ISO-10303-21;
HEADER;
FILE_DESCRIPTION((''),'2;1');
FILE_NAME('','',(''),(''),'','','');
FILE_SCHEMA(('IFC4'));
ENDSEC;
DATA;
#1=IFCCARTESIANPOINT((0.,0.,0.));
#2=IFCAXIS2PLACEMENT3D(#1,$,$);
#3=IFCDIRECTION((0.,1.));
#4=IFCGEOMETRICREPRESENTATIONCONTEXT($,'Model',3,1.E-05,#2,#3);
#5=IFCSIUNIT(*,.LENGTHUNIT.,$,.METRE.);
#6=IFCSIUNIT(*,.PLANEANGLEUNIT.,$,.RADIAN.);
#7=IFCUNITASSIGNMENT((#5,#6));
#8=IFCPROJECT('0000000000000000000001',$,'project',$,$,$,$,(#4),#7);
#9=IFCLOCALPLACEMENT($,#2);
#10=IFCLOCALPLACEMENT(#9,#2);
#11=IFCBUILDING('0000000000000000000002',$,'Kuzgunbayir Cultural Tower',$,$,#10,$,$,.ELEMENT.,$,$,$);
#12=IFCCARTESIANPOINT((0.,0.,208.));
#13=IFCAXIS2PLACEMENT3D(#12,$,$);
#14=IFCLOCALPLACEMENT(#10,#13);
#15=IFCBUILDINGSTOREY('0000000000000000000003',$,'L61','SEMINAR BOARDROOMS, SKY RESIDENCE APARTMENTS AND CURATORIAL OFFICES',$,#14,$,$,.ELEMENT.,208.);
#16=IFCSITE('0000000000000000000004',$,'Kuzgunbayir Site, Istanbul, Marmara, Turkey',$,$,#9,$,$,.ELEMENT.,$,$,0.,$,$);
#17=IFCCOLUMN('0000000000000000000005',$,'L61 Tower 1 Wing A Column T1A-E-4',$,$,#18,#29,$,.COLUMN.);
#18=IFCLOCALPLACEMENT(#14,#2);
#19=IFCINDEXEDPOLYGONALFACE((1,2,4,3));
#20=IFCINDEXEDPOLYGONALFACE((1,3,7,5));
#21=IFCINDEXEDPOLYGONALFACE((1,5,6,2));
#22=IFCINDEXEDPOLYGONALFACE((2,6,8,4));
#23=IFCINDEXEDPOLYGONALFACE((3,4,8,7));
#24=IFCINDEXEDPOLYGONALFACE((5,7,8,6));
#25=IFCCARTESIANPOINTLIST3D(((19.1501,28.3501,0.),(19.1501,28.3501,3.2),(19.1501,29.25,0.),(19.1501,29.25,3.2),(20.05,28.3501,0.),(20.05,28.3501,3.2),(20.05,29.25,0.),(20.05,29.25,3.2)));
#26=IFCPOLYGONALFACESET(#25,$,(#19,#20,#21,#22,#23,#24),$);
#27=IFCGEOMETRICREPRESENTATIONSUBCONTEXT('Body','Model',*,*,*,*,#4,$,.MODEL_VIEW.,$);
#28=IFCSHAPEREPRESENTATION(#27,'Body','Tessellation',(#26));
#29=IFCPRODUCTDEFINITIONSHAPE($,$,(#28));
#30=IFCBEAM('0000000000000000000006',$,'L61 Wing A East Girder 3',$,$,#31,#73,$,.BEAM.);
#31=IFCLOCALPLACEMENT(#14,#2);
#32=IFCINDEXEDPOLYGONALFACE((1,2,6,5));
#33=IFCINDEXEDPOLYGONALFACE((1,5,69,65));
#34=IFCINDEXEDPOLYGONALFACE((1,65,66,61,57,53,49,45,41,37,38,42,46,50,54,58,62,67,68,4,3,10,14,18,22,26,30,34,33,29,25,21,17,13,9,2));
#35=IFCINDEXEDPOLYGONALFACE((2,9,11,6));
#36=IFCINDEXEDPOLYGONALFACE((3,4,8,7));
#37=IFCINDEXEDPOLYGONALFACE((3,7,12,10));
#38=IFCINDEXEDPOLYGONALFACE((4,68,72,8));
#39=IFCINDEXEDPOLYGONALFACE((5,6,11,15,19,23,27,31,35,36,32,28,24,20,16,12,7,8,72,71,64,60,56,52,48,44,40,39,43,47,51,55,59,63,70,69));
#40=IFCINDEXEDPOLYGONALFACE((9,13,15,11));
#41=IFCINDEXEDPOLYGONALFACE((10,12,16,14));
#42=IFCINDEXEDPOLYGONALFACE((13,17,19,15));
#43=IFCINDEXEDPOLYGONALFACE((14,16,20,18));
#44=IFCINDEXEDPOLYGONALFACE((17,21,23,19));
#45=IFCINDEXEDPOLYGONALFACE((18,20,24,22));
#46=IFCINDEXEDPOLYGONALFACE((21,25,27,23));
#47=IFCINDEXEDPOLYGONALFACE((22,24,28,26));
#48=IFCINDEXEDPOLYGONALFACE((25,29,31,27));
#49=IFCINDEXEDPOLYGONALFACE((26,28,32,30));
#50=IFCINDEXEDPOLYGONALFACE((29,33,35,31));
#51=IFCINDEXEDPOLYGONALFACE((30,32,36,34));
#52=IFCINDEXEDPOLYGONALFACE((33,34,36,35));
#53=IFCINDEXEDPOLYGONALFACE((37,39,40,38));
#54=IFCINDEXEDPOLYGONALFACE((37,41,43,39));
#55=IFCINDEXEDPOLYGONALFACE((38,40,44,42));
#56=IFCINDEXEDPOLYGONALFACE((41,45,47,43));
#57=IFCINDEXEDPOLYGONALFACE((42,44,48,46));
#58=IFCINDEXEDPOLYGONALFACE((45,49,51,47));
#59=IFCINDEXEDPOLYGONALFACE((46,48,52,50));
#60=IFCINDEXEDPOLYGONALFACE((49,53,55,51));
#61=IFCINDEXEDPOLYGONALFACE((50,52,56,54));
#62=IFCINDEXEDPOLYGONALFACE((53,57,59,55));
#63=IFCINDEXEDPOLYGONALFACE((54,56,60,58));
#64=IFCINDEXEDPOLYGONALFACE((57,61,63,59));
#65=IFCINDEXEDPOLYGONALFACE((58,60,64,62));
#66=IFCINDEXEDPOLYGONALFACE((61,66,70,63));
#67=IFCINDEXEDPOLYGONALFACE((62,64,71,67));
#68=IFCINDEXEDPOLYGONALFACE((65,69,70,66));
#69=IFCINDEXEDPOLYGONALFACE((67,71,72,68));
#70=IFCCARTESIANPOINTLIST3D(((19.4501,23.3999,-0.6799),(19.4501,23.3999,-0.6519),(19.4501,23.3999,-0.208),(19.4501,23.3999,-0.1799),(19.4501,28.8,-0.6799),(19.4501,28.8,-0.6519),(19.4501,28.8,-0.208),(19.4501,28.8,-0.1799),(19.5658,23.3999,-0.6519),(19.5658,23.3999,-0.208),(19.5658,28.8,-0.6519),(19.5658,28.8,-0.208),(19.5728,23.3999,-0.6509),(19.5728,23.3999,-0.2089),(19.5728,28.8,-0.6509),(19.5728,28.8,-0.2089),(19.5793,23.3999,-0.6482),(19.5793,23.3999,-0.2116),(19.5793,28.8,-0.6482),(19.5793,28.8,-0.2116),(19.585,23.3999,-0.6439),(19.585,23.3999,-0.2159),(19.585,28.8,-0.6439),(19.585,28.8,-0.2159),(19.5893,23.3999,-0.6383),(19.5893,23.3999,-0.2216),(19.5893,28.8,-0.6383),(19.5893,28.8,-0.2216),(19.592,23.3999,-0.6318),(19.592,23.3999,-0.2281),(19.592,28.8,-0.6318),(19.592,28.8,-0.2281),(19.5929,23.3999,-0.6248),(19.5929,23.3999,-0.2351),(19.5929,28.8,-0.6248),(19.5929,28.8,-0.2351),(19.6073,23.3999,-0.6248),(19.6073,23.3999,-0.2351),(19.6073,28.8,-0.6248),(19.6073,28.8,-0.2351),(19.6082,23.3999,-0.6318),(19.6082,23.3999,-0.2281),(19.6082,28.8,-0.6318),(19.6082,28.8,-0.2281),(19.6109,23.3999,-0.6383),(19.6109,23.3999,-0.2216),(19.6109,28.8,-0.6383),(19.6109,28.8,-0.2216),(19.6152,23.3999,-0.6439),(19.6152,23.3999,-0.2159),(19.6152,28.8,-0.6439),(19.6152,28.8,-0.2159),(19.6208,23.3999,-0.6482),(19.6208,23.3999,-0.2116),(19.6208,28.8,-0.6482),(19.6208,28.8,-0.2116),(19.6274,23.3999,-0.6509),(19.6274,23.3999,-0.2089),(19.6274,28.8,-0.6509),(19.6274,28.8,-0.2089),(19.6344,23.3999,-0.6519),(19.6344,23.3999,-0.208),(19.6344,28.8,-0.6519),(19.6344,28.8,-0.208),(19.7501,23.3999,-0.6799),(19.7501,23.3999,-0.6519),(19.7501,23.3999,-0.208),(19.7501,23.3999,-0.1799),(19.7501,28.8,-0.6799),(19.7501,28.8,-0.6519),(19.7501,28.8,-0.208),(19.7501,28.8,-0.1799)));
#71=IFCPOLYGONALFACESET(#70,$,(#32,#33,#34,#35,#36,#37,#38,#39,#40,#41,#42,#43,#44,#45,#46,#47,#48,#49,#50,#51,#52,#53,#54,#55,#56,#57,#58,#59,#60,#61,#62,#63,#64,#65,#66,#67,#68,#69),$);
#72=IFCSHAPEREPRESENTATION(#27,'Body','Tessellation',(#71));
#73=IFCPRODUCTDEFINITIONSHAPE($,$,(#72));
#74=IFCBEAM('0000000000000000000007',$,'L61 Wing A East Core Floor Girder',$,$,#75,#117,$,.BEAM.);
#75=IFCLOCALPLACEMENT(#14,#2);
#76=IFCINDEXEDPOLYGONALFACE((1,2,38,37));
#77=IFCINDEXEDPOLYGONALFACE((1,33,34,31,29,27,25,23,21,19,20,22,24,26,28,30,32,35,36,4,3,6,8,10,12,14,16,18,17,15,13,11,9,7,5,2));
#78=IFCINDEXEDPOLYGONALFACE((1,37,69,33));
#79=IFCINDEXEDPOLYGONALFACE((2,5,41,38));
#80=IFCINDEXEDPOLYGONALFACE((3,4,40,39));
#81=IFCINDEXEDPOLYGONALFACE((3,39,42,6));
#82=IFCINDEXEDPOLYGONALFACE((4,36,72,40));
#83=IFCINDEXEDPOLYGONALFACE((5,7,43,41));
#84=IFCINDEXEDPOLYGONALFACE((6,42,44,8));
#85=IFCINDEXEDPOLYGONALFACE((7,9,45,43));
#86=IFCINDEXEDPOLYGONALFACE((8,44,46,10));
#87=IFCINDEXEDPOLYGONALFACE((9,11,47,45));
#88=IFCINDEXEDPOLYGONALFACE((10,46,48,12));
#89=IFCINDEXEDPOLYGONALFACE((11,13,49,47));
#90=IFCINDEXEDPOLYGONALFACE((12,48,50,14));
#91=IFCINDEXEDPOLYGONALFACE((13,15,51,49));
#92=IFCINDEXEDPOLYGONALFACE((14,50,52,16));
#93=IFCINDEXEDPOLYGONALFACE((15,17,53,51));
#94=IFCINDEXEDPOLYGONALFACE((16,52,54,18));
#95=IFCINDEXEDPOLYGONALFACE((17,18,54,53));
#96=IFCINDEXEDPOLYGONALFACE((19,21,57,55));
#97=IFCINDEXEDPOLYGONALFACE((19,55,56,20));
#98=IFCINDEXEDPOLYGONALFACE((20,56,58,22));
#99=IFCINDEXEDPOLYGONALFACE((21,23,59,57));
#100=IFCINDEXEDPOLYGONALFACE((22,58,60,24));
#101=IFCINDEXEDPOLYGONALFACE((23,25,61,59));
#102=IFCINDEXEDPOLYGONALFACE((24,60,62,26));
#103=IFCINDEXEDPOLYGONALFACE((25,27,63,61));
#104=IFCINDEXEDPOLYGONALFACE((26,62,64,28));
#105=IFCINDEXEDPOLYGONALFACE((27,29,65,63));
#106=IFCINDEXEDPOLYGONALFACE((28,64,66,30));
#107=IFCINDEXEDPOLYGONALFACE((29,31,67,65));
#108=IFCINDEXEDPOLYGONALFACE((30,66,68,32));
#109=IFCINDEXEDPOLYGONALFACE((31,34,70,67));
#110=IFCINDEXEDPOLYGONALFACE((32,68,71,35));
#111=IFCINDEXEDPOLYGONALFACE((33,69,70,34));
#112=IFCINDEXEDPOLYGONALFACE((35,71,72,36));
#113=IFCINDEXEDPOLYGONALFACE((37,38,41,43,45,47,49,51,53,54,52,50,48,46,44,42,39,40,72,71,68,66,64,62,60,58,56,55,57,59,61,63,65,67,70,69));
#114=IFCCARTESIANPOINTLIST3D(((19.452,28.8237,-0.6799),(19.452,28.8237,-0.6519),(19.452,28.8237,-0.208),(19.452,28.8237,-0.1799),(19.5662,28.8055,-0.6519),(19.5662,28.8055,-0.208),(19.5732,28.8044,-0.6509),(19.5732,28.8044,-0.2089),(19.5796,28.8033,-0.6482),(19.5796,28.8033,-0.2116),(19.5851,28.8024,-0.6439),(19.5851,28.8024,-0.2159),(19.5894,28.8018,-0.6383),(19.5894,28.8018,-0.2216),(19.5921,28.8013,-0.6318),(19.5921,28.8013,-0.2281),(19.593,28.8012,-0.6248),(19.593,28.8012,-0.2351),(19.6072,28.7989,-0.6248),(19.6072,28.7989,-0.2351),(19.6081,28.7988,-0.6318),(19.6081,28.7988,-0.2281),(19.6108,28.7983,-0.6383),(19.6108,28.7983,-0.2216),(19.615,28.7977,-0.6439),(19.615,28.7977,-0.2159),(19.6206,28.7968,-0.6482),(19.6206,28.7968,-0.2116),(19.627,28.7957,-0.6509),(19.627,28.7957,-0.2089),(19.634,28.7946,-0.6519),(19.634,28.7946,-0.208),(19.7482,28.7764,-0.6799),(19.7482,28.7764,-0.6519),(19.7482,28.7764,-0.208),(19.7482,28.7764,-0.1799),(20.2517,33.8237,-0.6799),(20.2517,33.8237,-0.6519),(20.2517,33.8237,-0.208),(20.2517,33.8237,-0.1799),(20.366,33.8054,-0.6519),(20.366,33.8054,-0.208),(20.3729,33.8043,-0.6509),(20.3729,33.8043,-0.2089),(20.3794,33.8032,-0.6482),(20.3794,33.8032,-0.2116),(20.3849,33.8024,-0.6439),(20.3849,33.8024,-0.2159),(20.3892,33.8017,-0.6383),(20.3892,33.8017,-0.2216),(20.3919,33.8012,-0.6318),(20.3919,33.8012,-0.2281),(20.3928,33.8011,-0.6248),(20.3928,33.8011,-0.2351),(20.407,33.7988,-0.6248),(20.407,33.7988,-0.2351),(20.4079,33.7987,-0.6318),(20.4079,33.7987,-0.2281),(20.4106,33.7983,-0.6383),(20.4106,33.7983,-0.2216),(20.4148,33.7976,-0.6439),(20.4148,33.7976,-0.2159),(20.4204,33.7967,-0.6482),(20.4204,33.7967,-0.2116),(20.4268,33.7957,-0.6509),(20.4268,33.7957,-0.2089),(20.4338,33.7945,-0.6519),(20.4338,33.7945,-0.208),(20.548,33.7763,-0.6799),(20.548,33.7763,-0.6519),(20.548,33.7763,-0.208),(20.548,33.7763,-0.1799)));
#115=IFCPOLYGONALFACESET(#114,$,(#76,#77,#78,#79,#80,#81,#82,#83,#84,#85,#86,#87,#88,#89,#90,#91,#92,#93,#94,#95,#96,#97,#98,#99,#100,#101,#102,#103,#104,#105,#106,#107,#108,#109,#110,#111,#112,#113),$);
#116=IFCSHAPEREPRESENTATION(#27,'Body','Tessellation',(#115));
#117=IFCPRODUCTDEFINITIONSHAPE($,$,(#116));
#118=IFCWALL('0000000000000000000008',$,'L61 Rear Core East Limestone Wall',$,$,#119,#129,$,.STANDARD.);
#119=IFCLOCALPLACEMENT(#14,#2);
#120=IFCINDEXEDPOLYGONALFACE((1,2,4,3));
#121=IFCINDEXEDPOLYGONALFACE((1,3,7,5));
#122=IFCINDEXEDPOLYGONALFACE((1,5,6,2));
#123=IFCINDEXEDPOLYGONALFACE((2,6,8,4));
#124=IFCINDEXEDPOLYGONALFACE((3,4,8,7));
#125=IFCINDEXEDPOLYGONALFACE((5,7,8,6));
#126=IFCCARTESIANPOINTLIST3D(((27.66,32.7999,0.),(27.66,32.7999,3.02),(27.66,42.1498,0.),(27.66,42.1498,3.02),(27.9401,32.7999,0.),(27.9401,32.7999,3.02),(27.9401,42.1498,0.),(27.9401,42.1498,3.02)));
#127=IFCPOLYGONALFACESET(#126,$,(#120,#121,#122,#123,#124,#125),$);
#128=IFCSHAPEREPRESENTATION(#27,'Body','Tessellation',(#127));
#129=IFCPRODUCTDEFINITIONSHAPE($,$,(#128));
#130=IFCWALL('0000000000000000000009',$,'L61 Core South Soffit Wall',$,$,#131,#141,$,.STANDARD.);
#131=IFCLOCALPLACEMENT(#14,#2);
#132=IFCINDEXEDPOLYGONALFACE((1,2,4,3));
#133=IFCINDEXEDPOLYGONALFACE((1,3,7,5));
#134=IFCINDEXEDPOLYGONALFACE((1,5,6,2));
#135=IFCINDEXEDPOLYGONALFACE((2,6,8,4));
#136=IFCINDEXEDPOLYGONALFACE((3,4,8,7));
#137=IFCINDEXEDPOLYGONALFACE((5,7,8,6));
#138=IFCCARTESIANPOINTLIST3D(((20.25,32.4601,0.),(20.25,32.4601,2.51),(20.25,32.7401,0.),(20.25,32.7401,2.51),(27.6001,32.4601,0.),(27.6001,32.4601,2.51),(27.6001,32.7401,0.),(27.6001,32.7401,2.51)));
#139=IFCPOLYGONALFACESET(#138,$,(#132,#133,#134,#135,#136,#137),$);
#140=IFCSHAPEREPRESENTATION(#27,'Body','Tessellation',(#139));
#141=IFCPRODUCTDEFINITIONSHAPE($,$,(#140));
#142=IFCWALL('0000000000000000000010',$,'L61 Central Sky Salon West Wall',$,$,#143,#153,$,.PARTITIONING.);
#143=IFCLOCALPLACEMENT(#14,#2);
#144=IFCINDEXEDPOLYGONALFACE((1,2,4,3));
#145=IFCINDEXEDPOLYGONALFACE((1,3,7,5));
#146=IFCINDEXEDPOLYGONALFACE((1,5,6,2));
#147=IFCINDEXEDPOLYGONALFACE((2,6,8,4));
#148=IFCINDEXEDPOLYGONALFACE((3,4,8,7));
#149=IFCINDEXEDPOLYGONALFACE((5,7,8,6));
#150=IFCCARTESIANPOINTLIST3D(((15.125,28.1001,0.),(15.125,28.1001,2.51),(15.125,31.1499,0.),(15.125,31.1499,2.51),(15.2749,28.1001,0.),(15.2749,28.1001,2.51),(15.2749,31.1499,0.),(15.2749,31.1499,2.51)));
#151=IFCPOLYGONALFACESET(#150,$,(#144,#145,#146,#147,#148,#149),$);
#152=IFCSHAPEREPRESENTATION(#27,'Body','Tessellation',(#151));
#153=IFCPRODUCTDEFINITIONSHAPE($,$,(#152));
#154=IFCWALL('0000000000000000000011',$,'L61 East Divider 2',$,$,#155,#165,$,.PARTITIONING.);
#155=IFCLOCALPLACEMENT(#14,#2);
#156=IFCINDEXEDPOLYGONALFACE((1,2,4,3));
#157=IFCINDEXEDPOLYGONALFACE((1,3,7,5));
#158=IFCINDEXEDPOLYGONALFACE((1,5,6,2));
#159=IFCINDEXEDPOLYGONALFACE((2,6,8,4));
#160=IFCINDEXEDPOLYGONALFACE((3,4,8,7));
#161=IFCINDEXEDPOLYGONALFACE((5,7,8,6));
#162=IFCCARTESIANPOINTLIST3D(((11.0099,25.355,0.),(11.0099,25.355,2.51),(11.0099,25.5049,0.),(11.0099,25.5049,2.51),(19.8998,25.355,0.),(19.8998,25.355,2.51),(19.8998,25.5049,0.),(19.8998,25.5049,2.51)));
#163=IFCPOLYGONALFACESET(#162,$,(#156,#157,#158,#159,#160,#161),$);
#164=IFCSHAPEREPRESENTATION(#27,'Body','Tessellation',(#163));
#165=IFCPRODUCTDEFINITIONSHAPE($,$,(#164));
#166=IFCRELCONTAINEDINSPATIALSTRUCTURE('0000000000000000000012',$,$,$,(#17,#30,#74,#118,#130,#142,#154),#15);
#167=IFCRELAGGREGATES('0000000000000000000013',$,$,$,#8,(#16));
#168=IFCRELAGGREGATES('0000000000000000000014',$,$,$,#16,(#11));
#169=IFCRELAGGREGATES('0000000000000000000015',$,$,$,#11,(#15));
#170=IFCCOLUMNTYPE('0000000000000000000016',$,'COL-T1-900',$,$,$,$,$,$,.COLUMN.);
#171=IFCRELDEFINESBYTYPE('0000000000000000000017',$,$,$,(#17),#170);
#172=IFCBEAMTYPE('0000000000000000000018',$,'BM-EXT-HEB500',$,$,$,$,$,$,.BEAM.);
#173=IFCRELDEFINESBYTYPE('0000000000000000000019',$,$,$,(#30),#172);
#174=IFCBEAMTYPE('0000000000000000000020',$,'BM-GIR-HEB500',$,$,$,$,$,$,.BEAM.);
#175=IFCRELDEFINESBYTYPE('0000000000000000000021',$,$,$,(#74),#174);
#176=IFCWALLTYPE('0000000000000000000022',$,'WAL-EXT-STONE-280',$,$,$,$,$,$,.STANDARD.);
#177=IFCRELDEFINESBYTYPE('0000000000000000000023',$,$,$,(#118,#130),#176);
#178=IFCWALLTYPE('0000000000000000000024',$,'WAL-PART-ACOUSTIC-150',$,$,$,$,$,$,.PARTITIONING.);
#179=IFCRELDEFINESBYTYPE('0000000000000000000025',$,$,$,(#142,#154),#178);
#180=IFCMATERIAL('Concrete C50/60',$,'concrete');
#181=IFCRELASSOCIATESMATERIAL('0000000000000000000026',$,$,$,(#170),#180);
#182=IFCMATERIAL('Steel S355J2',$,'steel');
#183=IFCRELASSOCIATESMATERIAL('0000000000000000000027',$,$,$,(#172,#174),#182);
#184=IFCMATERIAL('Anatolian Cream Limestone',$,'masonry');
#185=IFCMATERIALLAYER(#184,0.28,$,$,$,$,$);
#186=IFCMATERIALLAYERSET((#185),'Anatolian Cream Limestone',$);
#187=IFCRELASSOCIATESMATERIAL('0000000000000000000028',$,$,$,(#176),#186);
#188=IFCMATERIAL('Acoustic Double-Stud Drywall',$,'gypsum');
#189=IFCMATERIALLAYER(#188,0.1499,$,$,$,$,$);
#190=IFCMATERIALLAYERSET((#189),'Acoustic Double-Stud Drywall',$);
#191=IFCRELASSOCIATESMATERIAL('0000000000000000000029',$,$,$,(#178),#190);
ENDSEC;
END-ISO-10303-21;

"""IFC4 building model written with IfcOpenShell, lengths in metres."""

from ifc_helpers import new_model, si_unit, direction, frame, frame_2d, origin, origin_2d, place, context, subcontext, project, spatial, rectangle, i_section, extrude, material, layer, layer_set, material_profile, profile_set, type_object, element, save


model = new_model("IFC4")

# Units and contexts
model_context = context("Model", 3, precision=1e-05, world=origin(), true_north=direction((0.0, 1.0)))
body_context = subcontext(model_context, "Body", "Model", "MODEL_VIEW")
ifc_project = project(units=[si_unit("LENGTHUNIT", "METRE"), si_unit("PLANEANGLEUNIT", "RADIAN")], contexts=[model_context])

# Site, building, storey
site_placement = place(None, origin())
site = spatial("IfcSite", under=ifc_project, at=site_placement, Name="Kuzgunbayir Site, Istanbul, Marmara, Turkey", CompositionType="ELEMENT", RefElevation=0.0)
building_placement = place(site_placement, origin())
building = spatial("IfcBuilding", under=site, at=building_placement, Name="Kuzgunbayir Cultural Tower", CompositionType="ELEMENT")
storey_placement = place(building_placement, frame((0.0, 0.0, 208.0)))
storey = spatial("IfcBuildingStorey", under=building, at=storey_placement, Name="L61", Description="SEMINAR BOARDROOMS, SKY RESIDENCE APARTMENTS AND CURATORIAL OFFICES", CompositionType="ELEMENT", Elevation=208.0)

# Column
ifc_material_1 = material(Name="Concrete C50/60", Category="concrete")
ifc_material_profile_1 = material_profile(ifc_material_1, rectangle(XDim=0.8999, YDim=0.8999, at=origin_2d()), Name="RC 900x900")
ifc_profile_set_1 = profile_set([ifc_material_profile_1], Name="Concrete C50/60")
column_type = type_object("IfcColumnType", Name="COL-T1-900", PredefinedType="COLUMN", material=ifc_profile_set_1)
column_placement = place(storey_placement, frame((19.6001, 28.8, 0.0), z_axis=(0.0, 0.0, 1.0), x_axis=(1.0, 0.0, 0.0)))
element("IfcColumn", 1, at=column_placement, inside=storey, type_object=column_type, Name="L61 Tower 1 Wing A Column T1A-E-4", PredefinedType="COLUMN", context=body_context, shape_type="SweptSolid", body=[
    extrude(rectangle(XDim=0.8999, YDim=0.8999, at=origin_2d()), origin(), (0.0, 0.0, 1.0), 3.2),
])

# Beams
ifc_material_2 = material(Name="Steel S355J2", Category="steel")
ifc_material_profile_2 = material_profile(ifc_material_2, i_section(OverallWidth=0.3, OverallDepth=0.5, WebThickness=0.0144, FlangeThickness=0.0281, FilletRadius=0.0271, at=origin_2d()), Name="HEB 500")
ifc_profile_set_2 = profile_set([ifc_material_profile_2], Name="Steel S355J2")
beam_type_1 = type_object("IfcBeamType", Name="BM-EXT-HEB500", PredefinedType="BEAM", material=ifc_profile_set_2)
beam_1_placement = place(storey_placement, frame((19.6001, 23.3999, -0.4299), z_axis=(0.0, 1.0, 0.0), x_axis=(-1.0, 0.0, 0.0)))
element("IfcBeam", 2, at=beam_1_placement, inside=storey, type_object=beam_type_1, Name="L61 Wing A East Girder 3", PredefinedType="BEAM", context=body_context, shape_type="SweptSolid", body=[
    extrude(i_section(OverallWidth=0.3, OverallDepth=0.5, WebThickness=0.0144, FlangeThickness=0.0281, FilletRadius=0.0271, at=origin_2d()), origin(), (0.0, 0.0, 1.0), 5.4001),
])
ifc_material_profile_3 = material_profile(ifc_material_2, i_section(OverallWidth=0.3, OverallDepth=0.5, WebThickness=0.0144, FlangeThickness=0.0281, FilletRadius=0.0271, at=origin_2d()), Name="HEB 500")
ifc_profile_set_3 = profile_set([ifc_material_profile_3], Name="Steel S355J2")
beam_type_2 = type_object("IfcBeamType", Name="BM-GIR-HEB500", PredefinedType="BEAM", material=ifc_profile_set_3)
beam_2_placement = place(storey_placement, frame((19.6001, 28.8, -0.4299), z_axis=(0.157953, 0.987447, 0.0), x_axis=(-0.987447, 0.157953, 0.0)))
element("IfcBeam", 3, at=beam_2_placement, inside=storey, type_object=beam_type_2, Name="L61 Wing A East Core Floor Girder", PredefinedType="BEAM", context=body_context, shape_type="SweptSolid", body=[
    extrude(i_section(OverallWidth=0.3, OverallDepth=0.5, WebThickness=0.0144, FlangeThickness=0.0281, FilletRadius=0.0271, at=origin_2d()), origin(), (0.0, 0.0, 1.0), 5.0635),
])

# Walls
ifc_material_3 = material(Name="Anatolian Cream Limestone", Category="masonry")
ifc_layer_1 = layer(ifc_material_3, 0.28)
ifc_layer_set_1 = layer_set([ifc_layer_1], Name="Anatolian Cream Limestone")
wall_type_1 = type_object("IfcWallType", Name="WAL-EXT-STONE-280", PredefinedType="STANDARD", material=ifc_layer_set_1)
wall_1_placement = place(storey_placement, frame((27.8, 32.8, 0.0), z_axis=(0.0, 0.0, 1.0), x_axis=(0.0, 1.0, 0.0)))
element("IfcWall", 4, at=wall_1_placement, inside=storey, type_object=wall_type_1, Name="L61 Rear Core East Limestone Wall", PredefinedType="STANDARD", context=body_context, shape_type="SweptSolid", body=[
    extrude(rectangle(XDim=9.3499, YDim=0.28, at=frame_2d((4.6748, 0.0))), origin(), (0.0, 0.0, 1.0), 3.02),
])
wall_2_placement = place(storey_placement, frame((20.25, 32.6001, 0.0), z_axis=(0.0, 0.0, 1.0), x_axis=(1.0, 0.0, 0.0)))
element("IfcWall", 5, at=wall_2_placement, inside=storey, type_object=wall_type_1, Name="L61 Core South Soffit Wall", PredefinedType="STANDARD", context=body_context, shape_type="SweptSolid", body=[
    extrude(rectangle(XDim=7.3501, YDim=0.28, at=frame_2d((3.675, 0.0))), origin(), (0.0, 0.0, 1.0), 2.51),
])

# Shared definitions
ifc_material_4 = material(Name="Acoustic Double-Stud Drywall", Category="gypsum")
ifc_layer_2 = layer(ifc_material_4, 0.1499)
ifc_layer_set_2 = layer_set([ifc_layer_2], Name="Acoustic Double-Stud Drywall")
wall_type_2 = type_object("IfcWallType", Name="WAL-PART-ACOUSTIC-150", PredefinedType="PARTITIONING", material=ifc_layer_set_2)

# Walls
wall_3_placement = place(storey_placement, frame((15.2, 28.1001, 0.0), z_axis=(0.0, 0.0, 1.0), x_axis=(0.0, 1.0, 0.0)))
element("IfcWall", 6, at=wall_3_placement, inside=storey, type_object=wall_type_2, Name="L61 Central Sky Salon West Wall", PredefinedType="PARTITIONING", context=body_context, shape_type="SweptSolid", body=[
    extrude(rectangle(XDim=3.0498, YDim=0.1499, at=frame_2d((1.5249, 0.0))), origin(), (0.0, 0.0, 1.0), 2.51),
])
wall_4_placement = place(storey_placement, frame((11.01, 25.4299, 0.0), z_axis=(0.0, 0.0, 1.0), x_axis=(1.0, 0.0, 0.0)))
element("IfcWall", 7, at=wall_4_placement, inside=storey, type_object=wall_type_2, Name="L61 East Divider 2", PredefinedType="PARTITIONING", context=body_context, shape_type="SweptSolid", body=[
    extrude(rectangle(XDim=8.8899, YDim=0.1499, at=frame_2d((4.4448, 0.0))), origin(), (0.0, 0.0, 1.0), 2.51),
])

save(model, "model.ifc")
